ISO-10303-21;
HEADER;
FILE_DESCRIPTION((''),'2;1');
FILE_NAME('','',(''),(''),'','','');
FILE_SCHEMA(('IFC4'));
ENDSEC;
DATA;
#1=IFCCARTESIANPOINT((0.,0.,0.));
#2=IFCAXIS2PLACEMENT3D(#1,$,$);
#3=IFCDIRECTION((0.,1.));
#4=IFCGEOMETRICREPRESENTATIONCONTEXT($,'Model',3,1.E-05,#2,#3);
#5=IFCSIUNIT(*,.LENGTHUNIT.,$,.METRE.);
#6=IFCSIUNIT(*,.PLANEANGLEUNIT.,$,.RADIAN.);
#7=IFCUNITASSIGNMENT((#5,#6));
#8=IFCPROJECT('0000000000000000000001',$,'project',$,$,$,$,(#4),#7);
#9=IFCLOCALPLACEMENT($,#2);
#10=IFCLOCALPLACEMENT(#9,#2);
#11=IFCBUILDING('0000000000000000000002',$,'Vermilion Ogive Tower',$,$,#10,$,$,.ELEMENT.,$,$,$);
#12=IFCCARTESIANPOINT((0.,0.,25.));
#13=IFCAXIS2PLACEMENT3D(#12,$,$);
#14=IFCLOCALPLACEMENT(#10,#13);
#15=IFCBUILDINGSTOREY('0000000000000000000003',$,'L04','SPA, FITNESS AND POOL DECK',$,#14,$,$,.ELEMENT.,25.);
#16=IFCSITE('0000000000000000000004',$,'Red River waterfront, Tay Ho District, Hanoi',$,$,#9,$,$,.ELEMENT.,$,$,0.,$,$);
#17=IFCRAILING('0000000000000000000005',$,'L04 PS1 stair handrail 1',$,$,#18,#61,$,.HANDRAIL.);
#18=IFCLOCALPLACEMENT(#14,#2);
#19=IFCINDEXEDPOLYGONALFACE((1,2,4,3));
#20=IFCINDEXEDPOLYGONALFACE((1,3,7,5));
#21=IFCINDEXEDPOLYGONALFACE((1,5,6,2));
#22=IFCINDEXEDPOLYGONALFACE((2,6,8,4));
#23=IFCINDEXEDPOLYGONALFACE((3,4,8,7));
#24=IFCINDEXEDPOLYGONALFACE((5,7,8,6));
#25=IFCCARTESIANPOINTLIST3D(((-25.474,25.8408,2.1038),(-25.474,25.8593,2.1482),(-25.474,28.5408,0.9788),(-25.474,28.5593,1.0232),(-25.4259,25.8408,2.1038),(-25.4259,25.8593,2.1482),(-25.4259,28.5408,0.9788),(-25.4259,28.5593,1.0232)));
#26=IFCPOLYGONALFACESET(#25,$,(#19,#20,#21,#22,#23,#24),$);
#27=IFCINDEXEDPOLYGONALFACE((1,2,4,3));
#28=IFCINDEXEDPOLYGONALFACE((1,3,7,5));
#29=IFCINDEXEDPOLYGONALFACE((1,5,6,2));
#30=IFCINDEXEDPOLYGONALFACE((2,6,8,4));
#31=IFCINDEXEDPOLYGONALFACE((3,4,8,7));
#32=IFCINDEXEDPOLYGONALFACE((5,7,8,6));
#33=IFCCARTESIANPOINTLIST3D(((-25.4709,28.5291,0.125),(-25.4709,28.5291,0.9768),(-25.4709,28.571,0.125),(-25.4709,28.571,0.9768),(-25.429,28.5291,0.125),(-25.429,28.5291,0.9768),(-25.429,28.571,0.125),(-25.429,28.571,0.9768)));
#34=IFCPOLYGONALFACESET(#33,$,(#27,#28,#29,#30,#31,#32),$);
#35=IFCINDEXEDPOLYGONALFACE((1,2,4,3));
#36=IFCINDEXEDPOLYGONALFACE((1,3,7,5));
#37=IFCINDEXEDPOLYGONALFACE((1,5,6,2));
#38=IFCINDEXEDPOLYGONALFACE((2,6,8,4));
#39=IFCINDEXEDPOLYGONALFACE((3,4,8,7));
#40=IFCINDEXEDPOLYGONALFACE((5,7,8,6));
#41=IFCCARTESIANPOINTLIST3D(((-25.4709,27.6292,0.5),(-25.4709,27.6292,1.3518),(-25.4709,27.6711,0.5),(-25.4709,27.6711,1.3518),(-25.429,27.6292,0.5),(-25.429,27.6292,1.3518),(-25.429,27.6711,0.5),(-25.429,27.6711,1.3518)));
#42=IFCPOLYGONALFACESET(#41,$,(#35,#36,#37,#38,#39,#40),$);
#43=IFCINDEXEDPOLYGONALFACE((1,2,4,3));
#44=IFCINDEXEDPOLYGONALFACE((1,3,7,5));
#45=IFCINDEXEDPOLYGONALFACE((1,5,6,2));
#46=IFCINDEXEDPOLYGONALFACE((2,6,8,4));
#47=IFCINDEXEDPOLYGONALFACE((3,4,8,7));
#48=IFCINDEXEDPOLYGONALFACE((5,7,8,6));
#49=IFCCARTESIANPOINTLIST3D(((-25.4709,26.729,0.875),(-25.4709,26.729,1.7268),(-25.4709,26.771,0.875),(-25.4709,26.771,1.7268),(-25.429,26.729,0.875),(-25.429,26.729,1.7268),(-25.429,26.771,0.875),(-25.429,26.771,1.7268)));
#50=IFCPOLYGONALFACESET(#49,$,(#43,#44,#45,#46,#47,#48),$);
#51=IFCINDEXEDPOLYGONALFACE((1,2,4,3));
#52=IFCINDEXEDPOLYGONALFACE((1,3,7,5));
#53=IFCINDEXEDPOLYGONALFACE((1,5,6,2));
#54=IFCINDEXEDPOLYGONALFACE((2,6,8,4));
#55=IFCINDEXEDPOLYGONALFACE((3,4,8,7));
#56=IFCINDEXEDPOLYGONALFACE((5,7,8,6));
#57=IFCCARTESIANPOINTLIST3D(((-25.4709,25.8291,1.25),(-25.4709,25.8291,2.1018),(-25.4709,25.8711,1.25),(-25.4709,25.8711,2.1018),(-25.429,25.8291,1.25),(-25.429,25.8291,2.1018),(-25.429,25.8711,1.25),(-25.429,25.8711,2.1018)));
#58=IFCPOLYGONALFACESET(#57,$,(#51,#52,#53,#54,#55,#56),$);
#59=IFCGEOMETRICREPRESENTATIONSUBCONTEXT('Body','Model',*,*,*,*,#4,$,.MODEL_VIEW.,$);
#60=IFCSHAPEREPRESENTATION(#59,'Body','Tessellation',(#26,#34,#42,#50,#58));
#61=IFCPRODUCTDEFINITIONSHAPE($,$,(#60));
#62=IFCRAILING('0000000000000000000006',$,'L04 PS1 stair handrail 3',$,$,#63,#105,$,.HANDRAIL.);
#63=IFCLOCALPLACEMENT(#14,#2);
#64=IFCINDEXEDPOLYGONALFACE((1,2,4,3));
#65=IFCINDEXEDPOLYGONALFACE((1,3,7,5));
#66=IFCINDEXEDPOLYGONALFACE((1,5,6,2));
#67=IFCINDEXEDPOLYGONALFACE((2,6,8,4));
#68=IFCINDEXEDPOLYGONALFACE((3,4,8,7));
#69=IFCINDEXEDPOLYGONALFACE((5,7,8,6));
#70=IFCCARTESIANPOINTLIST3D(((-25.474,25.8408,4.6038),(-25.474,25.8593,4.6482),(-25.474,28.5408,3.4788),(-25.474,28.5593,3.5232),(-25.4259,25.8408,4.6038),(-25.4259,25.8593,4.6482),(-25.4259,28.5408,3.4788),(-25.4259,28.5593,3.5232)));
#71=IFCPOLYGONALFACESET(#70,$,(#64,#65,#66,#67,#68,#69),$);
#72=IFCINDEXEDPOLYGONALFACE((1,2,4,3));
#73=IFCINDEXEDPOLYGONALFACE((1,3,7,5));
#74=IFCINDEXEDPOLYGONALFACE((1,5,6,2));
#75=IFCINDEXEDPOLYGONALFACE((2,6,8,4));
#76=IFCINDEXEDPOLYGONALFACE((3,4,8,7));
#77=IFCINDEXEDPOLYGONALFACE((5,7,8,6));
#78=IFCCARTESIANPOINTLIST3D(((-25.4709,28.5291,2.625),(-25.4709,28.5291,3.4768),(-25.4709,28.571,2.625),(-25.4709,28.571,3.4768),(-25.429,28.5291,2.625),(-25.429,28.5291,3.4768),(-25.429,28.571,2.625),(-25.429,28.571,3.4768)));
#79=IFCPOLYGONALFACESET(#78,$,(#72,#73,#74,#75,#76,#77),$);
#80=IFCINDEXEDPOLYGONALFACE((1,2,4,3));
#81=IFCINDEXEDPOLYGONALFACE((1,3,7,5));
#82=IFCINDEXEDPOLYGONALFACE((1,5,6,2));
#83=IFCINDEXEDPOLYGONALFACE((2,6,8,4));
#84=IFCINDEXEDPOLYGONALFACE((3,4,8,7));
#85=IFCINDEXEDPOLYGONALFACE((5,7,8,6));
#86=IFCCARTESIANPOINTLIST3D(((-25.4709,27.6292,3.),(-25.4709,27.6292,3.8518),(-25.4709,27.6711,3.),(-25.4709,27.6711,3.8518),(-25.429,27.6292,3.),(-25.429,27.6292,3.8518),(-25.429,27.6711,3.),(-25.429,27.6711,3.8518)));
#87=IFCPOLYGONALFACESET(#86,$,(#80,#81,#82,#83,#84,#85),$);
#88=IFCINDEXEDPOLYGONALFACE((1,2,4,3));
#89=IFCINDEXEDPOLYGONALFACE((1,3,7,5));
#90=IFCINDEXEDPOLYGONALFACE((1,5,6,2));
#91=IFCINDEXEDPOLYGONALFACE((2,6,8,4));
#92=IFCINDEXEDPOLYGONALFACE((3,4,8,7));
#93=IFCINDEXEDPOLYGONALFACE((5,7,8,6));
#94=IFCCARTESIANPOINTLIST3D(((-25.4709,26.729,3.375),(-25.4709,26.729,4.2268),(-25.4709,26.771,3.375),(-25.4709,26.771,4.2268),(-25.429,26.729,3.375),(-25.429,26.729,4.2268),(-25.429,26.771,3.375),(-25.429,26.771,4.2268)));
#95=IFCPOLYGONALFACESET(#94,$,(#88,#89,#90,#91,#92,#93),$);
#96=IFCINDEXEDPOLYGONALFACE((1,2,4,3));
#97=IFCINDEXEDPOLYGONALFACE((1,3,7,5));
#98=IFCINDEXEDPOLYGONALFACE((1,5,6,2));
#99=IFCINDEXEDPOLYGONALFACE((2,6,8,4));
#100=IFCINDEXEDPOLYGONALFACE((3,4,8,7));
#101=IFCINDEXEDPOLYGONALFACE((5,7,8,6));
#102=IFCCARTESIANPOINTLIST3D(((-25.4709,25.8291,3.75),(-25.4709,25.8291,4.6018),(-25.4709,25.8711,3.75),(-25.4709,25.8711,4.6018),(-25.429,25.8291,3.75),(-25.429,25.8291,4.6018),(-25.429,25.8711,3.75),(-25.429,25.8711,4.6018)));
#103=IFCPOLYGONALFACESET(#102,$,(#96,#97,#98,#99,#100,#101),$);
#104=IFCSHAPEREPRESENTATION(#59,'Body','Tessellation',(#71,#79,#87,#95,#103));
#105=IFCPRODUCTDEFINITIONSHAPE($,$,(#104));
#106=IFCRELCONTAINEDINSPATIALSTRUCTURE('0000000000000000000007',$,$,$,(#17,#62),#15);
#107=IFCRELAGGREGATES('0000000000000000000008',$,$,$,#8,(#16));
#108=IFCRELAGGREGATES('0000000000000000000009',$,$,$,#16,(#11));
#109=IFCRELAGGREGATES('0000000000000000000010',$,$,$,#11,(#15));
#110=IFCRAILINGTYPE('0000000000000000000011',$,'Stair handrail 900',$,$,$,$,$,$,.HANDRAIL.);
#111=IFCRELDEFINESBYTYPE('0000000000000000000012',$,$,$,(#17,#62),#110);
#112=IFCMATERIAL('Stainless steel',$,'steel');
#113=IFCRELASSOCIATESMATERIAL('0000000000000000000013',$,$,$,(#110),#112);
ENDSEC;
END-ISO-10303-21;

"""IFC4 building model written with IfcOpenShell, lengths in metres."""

from ifc_helpers import new_model, si_unit, direction, frame, origin, origin_2d, place, context, subcontext, project, spatial, rectangle, extrude, material, type_object, element, save


model = new_model("IFC4")

# Units and contexts
model_context = context("Model", 3, precision=1e-05, world=origin(), true_north=direction((0.0, 1.0)))
body_context = subcontext(model_context, "Body", "Model", "MODEL_VIEW")
ifc_project = project(units=[si_unit("LENGTHUNIT", "METRE"), si_unit("PLANEANGLEUNIT", "RADIAN")], contexts=[model_context])

# Site, building, storey
site_placement = place(None, origin())
site = spatial("IfcSite", under=ifc_project, at=site_placement, Name="Red River waterfront, Tay Ho District, Hanoi", CompositionType="ELEMENT", RefElevation=0.0)
building_placement = place(site_placement, origin())
building = spatial("IfcBuilding", under=site, at=building_placement, Name="Vermilion Ogive Tower", CompositionType="ELEMENT")
storey_placement = place(building_placement, frame((0.0, 0.0, 25.0)))
storey = spatial("IfcBuildingStorey", under=building, at=storey_placement, Name="L04", Description="SPA, FITNESS AND POOL DECK", CompositionType="ELEMENT", Elevation=25.0)

# Railings
ifc_material_1 = material(Name="Stainless steel", Category="steel")
railing_type_1 = type_object("IfcRailingType", Name="Stair handrail 900", PredefinedType="HANDRAIL", material=ifc_material_1)
for number, where, name in (
    (1, (-25.45, 28.55, 0.125), "L04 PS1 stair handrail 1"),
    (2, (-25.45, 28.55, 2.625), "L04 PS1 stair handrail 3"),
):
    element("IfcRailing", number, at=place(storey_placement, frame(where)), inside=storey, type_object=railing_type_1, Name=name, PredefinedType="HANDRAIL", context=body_context, shape_type="SweptSolid", body=[
        extrude(rectangle(XDim=0.0481, YDim=0.0481, at=origin_2d()), frame((0.0, 0.0, 0.876), z_axis=(0.0, -0.923074, 0.384621), x_axis=(1.0, 0.0, 0.0)), (0.0, 0.0, 1.0), 2.925),
        extrude(rectangle(XDim=0.042, YDim=0.042, at=origin_2d()), origin(), (0.0, 0.0, 1.0), 0.8518),
        extrude(rectangle(XDim=0.042, YDim=0.042, at=origin_2d()), frame((0.0, -0.8999, 0.375)), (0.0, 0.0, 1.0), 0.8518),
        extrude(rectangle(XDim=0.042, YDim=0.042, at=origin_2d()), frame((0.0, -1.8, 0.75)), (0.0, 0.0, 1.0), 0.8518),
        extrude(rectangle(XDim=0.042, YDim=0.042, at=origin_2d()), frame((0.0, -2.7, 1.125)), (0.0, 0.0, 1.0), 0.8518),
    ])

save(model, "model.ifc")
